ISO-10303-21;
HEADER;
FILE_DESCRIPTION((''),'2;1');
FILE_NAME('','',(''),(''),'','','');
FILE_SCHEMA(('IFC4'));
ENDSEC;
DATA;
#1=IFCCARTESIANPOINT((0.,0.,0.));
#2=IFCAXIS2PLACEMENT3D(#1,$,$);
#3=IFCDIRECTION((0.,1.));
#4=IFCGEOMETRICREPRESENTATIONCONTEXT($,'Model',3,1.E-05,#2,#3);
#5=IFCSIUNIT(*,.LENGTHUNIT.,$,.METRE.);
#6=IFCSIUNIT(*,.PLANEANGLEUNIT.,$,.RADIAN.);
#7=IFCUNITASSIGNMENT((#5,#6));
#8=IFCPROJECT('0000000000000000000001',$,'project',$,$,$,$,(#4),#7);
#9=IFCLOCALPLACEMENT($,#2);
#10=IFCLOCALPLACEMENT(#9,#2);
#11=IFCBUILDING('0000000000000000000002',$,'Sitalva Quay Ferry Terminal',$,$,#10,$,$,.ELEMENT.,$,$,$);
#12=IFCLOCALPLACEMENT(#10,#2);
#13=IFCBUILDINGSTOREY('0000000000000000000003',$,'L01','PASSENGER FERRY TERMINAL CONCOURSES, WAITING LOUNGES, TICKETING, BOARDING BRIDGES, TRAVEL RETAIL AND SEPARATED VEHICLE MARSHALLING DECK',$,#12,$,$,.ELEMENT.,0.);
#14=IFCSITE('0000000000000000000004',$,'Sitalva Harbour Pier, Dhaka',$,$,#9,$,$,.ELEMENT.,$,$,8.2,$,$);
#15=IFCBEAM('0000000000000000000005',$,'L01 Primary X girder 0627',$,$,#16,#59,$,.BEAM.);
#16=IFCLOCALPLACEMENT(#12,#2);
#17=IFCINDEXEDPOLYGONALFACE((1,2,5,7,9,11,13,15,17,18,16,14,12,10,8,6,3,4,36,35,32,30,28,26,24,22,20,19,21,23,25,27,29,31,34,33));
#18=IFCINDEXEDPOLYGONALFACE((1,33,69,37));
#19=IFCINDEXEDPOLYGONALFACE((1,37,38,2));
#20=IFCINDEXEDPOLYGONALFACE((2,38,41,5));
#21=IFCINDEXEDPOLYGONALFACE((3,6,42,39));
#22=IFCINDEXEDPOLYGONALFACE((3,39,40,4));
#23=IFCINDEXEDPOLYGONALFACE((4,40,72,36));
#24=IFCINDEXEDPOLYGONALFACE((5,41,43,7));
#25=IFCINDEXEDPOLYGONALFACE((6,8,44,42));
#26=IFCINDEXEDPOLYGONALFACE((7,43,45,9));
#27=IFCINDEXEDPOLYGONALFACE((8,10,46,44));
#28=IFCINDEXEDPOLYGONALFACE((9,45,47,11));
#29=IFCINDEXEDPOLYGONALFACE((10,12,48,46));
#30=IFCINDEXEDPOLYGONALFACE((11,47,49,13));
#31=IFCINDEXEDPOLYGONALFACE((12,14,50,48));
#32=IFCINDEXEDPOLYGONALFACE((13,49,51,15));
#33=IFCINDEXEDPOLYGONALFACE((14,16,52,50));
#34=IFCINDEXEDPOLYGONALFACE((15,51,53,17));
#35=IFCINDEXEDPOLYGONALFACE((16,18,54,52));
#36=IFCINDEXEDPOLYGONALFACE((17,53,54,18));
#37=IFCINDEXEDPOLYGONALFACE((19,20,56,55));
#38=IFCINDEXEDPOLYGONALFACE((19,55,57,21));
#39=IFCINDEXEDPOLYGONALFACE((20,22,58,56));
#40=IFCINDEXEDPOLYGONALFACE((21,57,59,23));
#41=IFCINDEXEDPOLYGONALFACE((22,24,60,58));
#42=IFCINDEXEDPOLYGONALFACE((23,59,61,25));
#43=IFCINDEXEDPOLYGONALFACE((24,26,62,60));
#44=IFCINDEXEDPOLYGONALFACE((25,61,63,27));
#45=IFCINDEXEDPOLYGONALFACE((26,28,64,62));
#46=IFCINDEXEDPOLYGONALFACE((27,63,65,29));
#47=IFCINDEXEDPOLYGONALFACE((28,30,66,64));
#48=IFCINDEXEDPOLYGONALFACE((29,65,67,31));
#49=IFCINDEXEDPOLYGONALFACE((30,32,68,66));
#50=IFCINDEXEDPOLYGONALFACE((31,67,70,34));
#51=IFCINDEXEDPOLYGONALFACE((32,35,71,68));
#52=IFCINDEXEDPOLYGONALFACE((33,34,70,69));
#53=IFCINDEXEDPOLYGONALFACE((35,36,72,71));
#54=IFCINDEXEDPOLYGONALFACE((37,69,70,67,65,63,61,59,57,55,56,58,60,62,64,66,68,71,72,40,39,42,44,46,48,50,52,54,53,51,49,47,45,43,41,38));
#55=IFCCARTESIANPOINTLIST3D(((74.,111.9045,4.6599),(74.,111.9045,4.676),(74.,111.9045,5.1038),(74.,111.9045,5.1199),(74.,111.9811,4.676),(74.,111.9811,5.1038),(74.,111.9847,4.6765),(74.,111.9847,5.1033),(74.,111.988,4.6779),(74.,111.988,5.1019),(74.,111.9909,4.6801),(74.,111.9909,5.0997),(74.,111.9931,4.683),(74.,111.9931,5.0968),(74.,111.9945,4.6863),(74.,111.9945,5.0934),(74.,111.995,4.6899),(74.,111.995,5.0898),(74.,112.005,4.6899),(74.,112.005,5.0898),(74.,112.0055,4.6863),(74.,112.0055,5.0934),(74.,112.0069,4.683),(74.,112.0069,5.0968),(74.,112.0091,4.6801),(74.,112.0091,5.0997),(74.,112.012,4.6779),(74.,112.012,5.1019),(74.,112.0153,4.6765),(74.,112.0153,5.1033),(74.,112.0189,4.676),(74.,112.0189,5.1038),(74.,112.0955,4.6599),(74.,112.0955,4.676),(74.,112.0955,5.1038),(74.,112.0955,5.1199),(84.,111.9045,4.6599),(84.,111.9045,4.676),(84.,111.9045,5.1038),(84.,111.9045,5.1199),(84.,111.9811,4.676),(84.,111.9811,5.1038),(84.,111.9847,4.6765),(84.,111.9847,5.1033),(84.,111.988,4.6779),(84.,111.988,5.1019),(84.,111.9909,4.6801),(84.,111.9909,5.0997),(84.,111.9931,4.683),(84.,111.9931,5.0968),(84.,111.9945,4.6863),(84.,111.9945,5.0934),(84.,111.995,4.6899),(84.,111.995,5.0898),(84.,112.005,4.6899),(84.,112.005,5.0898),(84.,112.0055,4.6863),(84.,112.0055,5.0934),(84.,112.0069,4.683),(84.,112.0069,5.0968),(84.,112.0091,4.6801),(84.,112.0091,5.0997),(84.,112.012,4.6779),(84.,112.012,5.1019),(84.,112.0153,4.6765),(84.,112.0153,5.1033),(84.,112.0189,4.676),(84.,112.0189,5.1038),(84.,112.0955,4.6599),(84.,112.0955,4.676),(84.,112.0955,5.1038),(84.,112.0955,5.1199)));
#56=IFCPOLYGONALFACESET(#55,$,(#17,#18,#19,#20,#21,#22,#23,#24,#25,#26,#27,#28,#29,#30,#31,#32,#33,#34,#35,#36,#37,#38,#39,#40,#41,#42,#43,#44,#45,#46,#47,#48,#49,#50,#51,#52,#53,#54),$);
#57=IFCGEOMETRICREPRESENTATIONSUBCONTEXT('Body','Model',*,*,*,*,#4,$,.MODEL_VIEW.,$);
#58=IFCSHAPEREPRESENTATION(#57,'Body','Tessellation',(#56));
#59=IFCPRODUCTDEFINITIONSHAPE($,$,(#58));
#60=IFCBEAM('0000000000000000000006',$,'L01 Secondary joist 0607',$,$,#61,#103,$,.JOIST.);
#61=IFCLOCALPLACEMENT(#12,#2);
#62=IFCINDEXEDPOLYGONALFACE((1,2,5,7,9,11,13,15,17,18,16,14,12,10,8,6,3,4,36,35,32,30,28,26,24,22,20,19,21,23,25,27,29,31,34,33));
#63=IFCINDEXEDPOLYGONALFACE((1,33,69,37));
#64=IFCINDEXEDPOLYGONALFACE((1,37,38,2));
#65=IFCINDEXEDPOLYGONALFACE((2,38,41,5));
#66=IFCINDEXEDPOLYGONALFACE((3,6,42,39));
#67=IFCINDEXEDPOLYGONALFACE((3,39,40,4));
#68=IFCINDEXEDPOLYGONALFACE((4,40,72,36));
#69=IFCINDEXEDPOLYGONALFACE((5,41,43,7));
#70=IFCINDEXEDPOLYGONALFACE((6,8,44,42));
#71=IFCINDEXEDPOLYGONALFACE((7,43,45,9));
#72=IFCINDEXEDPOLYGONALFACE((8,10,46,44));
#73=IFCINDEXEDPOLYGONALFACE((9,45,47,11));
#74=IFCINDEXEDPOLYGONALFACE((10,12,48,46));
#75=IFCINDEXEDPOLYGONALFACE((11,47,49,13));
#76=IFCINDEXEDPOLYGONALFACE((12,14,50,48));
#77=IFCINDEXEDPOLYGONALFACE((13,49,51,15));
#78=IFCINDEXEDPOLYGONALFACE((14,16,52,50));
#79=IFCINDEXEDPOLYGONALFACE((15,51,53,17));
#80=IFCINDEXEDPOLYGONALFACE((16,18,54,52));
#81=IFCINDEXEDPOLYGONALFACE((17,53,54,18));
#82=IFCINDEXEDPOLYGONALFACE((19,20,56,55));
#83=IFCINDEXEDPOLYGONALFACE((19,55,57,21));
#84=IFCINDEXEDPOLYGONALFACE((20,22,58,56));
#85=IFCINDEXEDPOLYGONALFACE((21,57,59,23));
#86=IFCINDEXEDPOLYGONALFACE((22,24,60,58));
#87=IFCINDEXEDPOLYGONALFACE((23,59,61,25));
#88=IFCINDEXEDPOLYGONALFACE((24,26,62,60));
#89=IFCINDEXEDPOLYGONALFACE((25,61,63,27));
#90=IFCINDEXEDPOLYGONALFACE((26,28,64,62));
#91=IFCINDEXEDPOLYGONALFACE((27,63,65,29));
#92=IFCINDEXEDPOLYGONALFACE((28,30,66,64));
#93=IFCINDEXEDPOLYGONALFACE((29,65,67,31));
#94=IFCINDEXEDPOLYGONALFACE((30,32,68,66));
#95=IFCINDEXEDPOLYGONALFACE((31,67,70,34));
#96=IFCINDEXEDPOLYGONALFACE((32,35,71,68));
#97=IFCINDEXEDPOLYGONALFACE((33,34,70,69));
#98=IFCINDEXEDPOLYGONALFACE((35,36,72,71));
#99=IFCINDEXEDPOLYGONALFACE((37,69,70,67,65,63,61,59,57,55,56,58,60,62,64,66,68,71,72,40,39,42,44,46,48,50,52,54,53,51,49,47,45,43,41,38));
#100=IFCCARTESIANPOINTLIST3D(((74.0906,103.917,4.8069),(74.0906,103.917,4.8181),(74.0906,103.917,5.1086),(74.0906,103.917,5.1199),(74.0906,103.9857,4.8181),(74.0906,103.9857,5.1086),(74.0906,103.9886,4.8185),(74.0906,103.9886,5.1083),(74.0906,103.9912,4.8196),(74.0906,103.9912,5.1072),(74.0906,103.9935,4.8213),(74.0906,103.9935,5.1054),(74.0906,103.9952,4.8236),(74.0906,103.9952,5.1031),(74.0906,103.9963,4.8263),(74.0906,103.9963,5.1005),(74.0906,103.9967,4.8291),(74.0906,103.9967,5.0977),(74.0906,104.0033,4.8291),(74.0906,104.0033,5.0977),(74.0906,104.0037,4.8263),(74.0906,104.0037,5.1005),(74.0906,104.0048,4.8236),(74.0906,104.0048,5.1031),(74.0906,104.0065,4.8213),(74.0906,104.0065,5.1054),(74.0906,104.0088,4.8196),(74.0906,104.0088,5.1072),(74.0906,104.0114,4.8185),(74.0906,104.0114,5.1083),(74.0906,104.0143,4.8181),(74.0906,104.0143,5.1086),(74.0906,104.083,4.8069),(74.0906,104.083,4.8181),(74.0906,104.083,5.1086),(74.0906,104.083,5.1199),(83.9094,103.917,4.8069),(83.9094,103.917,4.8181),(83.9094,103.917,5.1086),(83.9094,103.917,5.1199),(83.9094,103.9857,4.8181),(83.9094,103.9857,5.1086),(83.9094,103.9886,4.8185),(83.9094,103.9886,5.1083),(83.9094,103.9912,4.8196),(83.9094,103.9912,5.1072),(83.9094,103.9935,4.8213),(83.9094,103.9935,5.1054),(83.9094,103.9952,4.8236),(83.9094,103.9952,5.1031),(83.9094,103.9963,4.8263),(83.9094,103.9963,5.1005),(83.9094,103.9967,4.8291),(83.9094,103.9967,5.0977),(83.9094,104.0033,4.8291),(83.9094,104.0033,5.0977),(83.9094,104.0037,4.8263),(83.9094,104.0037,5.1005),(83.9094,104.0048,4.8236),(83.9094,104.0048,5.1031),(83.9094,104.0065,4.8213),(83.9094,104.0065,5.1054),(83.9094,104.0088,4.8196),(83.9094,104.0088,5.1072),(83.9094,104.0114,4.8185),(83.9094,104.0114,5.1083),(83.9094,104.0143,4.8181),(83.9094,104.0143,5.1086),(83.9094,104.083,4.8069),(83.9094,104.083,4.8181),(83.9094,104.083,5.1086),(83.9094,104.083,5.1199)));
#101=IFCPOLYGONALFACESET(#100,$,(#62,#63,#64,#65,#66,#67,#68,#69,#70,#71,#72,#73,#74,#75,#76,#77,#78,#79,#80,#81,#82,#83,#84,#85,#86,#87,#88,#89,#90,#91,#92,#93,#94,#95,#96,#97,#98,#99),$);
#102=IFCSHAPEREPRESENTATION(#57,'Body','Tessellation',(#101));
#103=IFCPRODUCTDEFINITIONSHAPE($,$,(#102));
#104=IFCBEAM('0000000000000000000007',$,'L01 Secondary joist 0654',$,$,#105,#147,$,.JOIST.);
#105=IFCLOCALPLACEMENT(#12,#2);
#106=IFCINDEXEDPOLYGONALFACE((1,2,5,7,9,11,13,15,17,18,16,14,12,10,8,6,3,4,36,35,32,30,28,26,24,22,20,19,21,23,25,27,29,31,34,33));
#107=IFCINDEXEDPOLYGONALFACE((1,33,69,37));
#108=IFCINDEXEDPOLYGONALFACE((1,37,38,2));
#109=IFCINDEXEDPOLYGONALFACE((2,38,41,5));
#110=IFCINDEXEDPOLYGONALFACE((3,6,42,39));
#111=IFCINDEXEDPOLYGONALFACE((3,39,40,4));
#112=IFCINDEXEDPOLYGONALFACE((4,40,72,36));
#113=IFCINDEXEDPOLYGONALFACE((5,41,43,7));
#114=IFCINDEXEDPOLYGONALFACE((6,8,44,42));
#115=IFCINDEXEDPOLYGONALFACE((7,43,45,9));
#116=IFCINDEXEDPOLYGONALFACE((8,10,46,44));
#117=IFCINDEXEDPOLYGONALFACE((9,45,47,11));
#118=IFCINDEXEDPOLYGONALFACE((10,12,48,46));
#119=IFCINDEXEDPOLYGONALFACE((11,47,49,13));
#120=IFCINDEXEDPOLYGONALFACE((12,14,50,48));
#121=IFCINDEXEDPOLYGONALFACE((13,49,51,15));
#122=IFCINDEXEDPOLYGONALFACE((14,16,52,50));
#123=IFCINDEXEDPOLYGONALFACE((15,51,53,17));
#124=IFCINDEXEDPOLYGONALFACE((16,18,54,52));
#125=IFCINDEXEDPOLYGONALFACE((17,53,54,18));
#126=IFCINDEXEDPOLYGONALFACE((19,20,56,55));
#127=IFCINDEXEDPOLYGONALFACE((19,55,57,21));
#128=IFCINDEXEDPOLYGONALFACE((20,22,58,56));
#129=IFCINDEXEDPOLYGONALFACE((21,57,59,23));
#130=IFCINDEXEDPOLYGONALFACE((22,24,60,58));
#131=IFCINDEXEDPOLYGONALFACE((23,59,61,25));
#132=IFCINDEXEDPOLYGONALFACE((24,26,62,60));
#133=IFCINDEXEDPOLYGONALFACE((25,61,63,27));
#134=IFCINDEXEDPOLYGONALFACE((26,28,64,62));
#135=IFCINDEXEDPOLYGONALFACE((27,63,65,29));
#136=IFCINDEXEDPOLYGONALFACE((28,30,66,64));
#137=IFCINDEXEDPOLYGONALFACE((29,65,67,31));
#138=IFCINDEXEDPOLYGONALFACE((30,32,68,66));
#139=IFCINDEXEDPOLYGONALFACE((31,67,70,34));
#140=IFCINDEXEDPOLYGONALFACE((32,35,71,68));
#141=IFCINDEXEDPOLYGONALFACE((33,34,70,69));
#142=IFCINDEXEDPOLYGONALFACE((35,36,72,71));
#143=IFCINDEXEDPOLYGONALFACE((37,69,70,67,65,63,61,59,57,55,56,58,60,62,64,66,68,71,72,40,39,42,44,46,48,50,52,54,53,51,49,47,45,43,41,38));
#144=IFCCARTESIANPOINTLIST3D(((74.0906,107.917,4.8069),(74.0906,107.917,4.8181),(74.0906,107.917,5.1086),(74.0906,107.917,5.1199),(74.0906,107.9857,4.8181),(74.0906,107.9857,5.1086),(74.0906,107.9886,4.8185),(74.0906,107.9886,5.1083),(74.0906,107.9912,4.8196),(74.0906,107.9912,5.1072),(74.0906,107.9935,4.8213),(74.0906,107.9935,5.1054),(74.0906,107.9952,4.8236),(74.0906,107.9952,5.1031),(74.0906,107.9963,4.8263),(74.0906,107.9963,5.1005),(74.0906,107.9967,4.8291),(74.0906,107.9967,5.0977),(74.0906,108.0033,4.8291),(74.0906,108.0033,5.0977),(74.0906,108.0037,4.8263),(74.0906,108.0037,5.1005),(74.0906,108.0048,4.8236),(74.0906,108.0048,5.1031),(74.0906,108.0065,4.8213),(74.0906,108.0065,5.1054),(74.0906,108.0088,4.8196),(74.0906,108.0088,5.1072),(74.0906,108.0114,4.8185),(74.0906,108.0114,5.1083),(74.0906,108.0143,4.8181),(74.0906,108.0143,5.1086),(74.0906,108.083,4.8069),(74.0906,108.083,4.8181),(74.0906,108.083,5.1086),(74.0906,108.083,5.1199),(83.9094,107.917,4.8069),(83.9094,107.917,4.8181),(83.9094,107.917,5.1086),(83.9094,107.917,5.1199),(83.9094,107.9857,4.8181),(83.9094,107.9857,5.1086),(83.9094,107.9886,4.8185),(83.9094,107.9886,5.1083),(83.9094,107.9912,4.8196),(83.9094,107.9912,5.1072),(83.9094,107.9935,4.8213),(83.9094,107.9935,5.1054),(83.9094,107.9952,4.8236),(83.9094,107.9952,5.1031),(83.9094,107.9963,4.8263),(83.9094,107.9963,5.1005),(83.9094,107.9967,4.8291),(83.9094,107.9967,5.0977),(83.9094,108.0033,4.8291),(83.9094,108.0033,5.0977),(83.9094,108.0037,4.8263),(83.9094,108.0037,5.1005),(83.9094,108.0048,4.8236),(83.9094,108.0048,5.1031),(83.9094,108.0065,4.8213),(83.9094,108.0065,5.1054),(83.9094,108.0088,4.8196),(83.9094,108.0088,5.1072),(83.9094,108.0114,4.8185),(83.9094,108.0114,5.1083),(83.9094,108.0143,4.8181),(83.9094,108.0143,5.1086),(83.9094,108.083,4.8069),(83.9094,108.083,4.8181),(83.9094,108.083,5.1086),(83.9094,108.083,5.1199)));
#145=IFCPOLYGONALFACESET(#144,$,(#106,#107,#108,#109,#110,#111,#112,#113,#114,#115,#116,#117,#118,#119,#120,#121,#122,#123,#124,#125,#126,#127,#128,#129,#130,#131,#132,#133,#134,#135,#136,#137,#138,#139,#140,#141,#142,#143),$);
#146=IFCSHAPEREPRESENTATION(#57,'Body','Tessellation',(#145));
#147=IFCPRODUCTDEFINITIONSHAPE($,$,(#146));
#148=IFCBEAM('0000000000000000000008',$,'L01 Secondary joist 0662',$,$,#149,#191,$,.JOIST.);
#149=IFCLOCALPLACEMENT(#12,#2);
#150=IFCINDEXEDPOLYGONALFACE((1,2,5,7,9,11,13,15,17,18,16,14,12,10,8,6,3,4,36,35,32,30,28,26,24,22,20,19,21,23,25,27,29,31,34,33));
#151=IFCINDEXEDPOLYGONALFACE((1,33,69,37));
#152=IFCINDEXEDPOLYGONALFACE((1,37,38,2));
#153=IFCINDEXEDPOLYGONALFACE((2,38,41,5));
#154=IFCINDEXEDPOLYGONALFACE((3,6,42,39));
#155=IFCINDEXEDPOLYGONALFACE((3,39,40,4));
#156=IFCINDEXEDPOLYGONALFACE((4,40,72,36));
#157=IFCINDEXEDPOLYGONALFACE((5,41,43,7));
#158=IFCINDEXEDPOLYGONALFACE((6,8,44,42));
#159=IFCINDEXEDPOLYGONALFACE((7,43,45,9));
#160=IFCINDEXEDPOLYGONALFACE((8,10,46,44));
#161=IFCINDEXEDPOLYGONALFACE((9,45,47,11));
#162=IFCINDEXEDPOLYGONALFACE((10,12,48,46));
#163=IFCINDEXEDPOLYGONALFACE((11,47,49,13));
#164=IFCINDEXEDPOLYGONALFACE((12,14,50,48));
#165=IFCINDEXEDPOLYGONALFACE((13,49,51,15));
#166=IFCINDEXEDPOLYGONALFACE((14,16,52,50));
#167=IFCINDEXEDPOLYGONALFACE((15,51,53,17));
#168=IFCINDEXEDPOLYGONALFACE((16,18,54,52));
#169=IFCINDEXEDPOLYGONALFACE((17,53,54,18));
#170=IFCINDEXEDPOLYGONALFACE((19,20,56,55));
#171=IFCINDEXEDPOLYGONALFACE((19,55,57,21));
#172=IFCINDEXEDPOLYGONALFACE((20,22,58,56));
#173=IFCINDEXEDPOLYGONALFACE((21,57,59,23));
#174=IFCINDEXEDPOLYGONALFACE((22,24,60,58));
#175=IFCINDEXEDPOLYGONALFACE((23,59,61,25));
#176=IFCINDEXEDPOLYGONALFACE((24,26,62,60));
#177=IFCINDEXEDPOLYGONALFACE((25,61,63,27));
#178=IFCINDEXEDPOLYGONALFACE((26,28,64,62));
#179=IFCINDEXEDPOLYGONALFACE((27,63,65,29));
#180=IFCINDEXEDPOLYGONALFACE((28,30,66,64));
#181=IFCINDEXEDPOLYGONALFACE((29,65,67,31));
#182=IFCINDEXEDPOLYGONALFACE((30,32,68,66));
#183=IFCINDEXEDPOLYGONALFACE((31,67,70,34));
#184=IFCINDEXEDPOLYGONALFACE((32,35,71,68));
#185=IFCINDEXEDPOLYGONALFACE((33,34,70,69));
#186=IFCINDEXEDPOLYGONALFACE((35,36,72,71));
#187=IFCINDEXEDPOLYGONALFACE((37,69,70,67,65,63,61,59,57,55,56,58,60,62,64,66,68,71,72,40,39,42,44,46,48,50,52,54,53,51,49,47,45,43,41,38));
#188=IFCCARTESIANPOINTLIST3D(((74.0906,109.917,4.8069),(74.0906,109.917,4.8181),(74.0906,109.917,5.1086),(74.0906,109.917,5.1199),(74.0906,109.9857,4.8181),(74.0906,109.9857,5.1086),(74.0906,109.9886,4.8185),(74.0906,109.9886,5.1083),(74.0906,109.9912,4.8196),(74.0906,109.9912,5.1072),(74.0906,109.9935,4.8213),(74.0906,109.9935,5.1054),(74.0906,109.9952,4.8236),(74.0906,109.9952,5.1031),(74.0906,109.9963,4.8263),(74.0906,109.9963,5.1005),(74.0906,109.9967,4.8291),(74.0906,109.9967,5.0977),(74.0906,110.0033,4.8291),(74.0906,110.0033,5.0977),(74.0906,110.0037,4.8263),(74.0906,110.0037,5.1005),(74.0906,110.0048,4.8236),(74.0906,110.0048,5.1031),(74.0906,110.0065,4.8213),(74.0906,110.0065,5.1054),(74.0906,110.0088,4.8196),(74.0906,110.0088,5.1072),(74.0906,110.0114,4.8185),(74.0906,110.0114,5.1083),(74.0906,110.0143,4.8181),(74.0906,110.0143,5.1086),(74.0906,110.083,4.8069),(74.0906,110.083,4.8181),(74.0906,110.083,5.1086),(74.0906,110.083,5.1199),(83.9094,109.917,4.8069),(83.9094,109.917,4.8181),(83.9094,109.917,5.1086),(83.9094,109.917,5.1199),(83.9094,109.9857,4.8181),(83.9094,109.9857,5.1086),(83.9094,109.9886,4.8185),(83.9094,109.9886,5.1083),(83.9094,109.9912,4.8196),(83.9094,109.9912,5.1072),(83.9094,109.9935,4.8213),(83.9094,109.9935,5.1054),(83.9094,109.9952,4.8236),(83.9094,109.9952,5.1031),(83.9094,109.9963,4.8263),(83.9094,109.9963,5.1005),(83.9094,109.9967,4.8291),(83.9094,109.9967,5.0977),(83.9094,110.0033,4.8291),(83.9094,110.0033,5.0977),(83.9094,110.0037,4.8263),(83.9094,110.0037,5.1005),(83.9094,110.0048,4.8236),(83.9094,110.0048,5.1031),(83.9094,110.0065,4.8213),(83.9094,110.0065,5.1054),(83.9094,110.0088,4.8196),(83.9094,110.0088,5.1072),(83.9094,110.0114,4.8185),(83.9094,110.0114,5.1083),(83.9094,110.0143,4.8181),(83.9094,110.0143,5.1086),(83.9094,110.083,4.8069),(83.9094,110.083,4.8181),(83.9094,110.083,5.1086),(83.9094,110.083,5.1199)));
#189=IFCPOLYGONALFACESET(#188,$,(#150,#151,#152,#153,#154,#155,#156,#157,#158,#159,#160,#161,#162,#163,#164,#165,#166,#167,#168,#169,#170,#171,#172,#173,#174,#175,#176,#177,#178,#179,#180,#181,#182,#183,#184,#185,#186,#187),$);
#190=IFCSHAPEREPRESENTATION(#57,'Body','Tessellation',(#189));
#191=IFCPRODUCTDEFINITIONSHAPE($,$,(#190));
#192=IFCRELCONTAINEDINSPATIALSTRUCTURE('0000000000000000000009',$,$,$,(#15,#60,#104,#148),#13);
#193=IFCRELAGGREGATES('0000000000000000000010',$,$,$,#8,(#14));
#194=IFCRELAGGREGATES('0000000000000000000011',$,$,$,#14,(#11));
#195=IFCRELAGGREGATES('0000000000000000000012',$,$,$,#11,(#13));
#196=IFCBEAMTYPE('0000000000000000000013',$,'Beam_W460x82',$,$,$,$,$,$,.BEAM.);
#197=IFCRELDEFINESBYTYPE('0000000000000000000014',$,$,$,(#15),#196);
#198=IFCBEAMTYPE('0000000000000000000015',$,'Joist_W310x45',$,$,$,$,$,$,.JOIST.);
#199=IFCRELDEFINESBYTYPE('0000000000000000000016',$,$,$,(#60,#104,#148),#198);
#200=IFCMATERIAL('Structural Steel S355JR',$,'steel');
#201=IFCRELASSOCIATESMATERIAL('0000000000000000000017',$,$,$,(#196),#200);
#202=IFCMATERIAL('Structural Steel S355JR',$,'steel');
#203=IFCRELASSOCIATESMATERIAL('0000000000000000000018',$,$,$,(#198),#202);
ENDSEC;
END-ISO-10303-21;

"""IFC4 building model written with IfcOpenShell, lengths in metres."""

from ifc_helpers import new_model, si_unit, direction, frame, origin, origin_2d, place, context, subcontext, project, spatial, i_section, extrude, material, material_profile, profile_set, type_object, element, save


model = new_model("IFC4")

# Units and contexts
model_context = context("Model", 3, precision=1e-05, world=origin(), true_north=direction((0.0, 1.0)))
body_context = subcontext(model_context, "Body", "Model", "MODEL_VIEW")
ifc_project = project(units=[si_unit("LENGTHUNIT", "METRE"), si_unit("PLANEANGLEUNIT", "RADIAN")], contexts=[model_context])

# Site, building, storey
site_placement = place(None, origin())
site = spatial("IfcSite", under=ifc_project, at=site_placement, Name="Sitalva Harbour Pier, Dhaka", CompositionType="ELEMENT", RefElevation=8.2)
building_placement = place(site_placement, origin())
building = spatial("IfcBuilding", under=site, at=building_placement, Name="Sitalva Quay Ferry Terminal", CompositionType="ELEMENT")
storey_placement = place(building_placement, origin())
storey = spatial("IfcBuildingStorey", under=building, at=storey_placement, Name="L01", Description="PASSENGER FERRY TERMINAL CONCOURSES, WAITING LOUNGES, TICKETING, BOARDING BRIDGES, TRAVEL RETAIL AND SEPARATED VEHICLE MARSHALLING DECK", CompositionType="ELEMENT", Elevation=0.0)

# Beams
ifc_material_1 = material(Name="Structural Steel S355JR", Category="steel")
ifc_material_profile_1 = material_profile(ifc_material_1, i_section(OverallWidth=0.1909, OverallDepth=0.46, WebThickness=0.01, FlangeThickness=0.0161, FilletRadius=0.0139, at=origin_2d()), Name="W460x82")
ifc_profile_set_1 = profile_set([ifc_material_profile_1], Name="Structural Steel S355JR")
beam_type_1 = type_object("IfcBeamType", Name="Beam_W460x82", PredefinedType="BEAM", material=ifc_profile_set_1)
beam_1_placement = place(storey_placement, frame((74.0, 112.0, 4.8899), z_axis=(1.0, 0.0, 0.0), x_axis=(0.0, 1.0, 0.0)))
element("IfcBeam", 1, at=beam_1_placement, inside=storey, type_object=beam_type_1, Name="L01 Primary X girder 0627", PredefinedType="BEAM", context=body_context, shape_type="SweptSolid", body=[
    extrude(i_section(OverallWidth=0.1909, OverallDepth=0.46, WebThickness=0.01, FlangeThickness=0.0161, FilletRadius=0.0139, at=origin_2d()), origin(), (0.0, 0.0, 1.0), 10.0),
])
ifc_material_2 = material(Name="Structural Steel S355JR", Category="steel")
ifc_material_profile_2 = material_profile(ifc_material_2, i_section(OverallWidth=0.166, OverallDepth=0.313, WebThickness=0.0066, FlangeThickness=0.0112, FilletRadius=0.011, at=origin_2d()), Name="W310x45")
ifc_profile_set_2 = profile_set([ifc_material_profile_2], Name="Structural Steel S355JR")
beam_type_2 = type_object("IfcBeamType", Name="Joist_W310x45", PredefinedType="JOIST", material=ifc_profile_set_2)
for number, where, z_axis, x_axis, name in (
    (2, (74.0906, 104.0, 4.9634), (1.0, 0.0, 0.0), (0.0, 1.0, 0.0), "L01 Secondary joist 0607"),
    (3, (74.0906, 108.0, 4.9634), (1.0, 0.0, 0.0), (0.0, 1.0, 0.0), "L01 Secondary joist 0654"),
    (4, (74.0906, 110.0, 4.9634), (1.0, 0.0, 0.0), (0.0, 1.0, 0.0), "L01 Secondary joist 0662"),
):
    element("IfcBeam", number, at=place(storey_placement, frame(where, z_axis=z_axis, x_axis=x_axis)), inside=storey, type_object=beam_type_2, Name=name, PredefinedType="JOIST", context=body_context, shape_type="SweptSolid", body=[
        extrude(i_section(OverallWidth=0.166, OverallDepth=0.313, WebThickness=0.0066, FlangeThickness=0.0112, FilletRadius=0.011, at=origin_2d()), origin(), (0.0, 0.0, 1.0), 9.8188),
    ])

save(model, "model.ifc")
